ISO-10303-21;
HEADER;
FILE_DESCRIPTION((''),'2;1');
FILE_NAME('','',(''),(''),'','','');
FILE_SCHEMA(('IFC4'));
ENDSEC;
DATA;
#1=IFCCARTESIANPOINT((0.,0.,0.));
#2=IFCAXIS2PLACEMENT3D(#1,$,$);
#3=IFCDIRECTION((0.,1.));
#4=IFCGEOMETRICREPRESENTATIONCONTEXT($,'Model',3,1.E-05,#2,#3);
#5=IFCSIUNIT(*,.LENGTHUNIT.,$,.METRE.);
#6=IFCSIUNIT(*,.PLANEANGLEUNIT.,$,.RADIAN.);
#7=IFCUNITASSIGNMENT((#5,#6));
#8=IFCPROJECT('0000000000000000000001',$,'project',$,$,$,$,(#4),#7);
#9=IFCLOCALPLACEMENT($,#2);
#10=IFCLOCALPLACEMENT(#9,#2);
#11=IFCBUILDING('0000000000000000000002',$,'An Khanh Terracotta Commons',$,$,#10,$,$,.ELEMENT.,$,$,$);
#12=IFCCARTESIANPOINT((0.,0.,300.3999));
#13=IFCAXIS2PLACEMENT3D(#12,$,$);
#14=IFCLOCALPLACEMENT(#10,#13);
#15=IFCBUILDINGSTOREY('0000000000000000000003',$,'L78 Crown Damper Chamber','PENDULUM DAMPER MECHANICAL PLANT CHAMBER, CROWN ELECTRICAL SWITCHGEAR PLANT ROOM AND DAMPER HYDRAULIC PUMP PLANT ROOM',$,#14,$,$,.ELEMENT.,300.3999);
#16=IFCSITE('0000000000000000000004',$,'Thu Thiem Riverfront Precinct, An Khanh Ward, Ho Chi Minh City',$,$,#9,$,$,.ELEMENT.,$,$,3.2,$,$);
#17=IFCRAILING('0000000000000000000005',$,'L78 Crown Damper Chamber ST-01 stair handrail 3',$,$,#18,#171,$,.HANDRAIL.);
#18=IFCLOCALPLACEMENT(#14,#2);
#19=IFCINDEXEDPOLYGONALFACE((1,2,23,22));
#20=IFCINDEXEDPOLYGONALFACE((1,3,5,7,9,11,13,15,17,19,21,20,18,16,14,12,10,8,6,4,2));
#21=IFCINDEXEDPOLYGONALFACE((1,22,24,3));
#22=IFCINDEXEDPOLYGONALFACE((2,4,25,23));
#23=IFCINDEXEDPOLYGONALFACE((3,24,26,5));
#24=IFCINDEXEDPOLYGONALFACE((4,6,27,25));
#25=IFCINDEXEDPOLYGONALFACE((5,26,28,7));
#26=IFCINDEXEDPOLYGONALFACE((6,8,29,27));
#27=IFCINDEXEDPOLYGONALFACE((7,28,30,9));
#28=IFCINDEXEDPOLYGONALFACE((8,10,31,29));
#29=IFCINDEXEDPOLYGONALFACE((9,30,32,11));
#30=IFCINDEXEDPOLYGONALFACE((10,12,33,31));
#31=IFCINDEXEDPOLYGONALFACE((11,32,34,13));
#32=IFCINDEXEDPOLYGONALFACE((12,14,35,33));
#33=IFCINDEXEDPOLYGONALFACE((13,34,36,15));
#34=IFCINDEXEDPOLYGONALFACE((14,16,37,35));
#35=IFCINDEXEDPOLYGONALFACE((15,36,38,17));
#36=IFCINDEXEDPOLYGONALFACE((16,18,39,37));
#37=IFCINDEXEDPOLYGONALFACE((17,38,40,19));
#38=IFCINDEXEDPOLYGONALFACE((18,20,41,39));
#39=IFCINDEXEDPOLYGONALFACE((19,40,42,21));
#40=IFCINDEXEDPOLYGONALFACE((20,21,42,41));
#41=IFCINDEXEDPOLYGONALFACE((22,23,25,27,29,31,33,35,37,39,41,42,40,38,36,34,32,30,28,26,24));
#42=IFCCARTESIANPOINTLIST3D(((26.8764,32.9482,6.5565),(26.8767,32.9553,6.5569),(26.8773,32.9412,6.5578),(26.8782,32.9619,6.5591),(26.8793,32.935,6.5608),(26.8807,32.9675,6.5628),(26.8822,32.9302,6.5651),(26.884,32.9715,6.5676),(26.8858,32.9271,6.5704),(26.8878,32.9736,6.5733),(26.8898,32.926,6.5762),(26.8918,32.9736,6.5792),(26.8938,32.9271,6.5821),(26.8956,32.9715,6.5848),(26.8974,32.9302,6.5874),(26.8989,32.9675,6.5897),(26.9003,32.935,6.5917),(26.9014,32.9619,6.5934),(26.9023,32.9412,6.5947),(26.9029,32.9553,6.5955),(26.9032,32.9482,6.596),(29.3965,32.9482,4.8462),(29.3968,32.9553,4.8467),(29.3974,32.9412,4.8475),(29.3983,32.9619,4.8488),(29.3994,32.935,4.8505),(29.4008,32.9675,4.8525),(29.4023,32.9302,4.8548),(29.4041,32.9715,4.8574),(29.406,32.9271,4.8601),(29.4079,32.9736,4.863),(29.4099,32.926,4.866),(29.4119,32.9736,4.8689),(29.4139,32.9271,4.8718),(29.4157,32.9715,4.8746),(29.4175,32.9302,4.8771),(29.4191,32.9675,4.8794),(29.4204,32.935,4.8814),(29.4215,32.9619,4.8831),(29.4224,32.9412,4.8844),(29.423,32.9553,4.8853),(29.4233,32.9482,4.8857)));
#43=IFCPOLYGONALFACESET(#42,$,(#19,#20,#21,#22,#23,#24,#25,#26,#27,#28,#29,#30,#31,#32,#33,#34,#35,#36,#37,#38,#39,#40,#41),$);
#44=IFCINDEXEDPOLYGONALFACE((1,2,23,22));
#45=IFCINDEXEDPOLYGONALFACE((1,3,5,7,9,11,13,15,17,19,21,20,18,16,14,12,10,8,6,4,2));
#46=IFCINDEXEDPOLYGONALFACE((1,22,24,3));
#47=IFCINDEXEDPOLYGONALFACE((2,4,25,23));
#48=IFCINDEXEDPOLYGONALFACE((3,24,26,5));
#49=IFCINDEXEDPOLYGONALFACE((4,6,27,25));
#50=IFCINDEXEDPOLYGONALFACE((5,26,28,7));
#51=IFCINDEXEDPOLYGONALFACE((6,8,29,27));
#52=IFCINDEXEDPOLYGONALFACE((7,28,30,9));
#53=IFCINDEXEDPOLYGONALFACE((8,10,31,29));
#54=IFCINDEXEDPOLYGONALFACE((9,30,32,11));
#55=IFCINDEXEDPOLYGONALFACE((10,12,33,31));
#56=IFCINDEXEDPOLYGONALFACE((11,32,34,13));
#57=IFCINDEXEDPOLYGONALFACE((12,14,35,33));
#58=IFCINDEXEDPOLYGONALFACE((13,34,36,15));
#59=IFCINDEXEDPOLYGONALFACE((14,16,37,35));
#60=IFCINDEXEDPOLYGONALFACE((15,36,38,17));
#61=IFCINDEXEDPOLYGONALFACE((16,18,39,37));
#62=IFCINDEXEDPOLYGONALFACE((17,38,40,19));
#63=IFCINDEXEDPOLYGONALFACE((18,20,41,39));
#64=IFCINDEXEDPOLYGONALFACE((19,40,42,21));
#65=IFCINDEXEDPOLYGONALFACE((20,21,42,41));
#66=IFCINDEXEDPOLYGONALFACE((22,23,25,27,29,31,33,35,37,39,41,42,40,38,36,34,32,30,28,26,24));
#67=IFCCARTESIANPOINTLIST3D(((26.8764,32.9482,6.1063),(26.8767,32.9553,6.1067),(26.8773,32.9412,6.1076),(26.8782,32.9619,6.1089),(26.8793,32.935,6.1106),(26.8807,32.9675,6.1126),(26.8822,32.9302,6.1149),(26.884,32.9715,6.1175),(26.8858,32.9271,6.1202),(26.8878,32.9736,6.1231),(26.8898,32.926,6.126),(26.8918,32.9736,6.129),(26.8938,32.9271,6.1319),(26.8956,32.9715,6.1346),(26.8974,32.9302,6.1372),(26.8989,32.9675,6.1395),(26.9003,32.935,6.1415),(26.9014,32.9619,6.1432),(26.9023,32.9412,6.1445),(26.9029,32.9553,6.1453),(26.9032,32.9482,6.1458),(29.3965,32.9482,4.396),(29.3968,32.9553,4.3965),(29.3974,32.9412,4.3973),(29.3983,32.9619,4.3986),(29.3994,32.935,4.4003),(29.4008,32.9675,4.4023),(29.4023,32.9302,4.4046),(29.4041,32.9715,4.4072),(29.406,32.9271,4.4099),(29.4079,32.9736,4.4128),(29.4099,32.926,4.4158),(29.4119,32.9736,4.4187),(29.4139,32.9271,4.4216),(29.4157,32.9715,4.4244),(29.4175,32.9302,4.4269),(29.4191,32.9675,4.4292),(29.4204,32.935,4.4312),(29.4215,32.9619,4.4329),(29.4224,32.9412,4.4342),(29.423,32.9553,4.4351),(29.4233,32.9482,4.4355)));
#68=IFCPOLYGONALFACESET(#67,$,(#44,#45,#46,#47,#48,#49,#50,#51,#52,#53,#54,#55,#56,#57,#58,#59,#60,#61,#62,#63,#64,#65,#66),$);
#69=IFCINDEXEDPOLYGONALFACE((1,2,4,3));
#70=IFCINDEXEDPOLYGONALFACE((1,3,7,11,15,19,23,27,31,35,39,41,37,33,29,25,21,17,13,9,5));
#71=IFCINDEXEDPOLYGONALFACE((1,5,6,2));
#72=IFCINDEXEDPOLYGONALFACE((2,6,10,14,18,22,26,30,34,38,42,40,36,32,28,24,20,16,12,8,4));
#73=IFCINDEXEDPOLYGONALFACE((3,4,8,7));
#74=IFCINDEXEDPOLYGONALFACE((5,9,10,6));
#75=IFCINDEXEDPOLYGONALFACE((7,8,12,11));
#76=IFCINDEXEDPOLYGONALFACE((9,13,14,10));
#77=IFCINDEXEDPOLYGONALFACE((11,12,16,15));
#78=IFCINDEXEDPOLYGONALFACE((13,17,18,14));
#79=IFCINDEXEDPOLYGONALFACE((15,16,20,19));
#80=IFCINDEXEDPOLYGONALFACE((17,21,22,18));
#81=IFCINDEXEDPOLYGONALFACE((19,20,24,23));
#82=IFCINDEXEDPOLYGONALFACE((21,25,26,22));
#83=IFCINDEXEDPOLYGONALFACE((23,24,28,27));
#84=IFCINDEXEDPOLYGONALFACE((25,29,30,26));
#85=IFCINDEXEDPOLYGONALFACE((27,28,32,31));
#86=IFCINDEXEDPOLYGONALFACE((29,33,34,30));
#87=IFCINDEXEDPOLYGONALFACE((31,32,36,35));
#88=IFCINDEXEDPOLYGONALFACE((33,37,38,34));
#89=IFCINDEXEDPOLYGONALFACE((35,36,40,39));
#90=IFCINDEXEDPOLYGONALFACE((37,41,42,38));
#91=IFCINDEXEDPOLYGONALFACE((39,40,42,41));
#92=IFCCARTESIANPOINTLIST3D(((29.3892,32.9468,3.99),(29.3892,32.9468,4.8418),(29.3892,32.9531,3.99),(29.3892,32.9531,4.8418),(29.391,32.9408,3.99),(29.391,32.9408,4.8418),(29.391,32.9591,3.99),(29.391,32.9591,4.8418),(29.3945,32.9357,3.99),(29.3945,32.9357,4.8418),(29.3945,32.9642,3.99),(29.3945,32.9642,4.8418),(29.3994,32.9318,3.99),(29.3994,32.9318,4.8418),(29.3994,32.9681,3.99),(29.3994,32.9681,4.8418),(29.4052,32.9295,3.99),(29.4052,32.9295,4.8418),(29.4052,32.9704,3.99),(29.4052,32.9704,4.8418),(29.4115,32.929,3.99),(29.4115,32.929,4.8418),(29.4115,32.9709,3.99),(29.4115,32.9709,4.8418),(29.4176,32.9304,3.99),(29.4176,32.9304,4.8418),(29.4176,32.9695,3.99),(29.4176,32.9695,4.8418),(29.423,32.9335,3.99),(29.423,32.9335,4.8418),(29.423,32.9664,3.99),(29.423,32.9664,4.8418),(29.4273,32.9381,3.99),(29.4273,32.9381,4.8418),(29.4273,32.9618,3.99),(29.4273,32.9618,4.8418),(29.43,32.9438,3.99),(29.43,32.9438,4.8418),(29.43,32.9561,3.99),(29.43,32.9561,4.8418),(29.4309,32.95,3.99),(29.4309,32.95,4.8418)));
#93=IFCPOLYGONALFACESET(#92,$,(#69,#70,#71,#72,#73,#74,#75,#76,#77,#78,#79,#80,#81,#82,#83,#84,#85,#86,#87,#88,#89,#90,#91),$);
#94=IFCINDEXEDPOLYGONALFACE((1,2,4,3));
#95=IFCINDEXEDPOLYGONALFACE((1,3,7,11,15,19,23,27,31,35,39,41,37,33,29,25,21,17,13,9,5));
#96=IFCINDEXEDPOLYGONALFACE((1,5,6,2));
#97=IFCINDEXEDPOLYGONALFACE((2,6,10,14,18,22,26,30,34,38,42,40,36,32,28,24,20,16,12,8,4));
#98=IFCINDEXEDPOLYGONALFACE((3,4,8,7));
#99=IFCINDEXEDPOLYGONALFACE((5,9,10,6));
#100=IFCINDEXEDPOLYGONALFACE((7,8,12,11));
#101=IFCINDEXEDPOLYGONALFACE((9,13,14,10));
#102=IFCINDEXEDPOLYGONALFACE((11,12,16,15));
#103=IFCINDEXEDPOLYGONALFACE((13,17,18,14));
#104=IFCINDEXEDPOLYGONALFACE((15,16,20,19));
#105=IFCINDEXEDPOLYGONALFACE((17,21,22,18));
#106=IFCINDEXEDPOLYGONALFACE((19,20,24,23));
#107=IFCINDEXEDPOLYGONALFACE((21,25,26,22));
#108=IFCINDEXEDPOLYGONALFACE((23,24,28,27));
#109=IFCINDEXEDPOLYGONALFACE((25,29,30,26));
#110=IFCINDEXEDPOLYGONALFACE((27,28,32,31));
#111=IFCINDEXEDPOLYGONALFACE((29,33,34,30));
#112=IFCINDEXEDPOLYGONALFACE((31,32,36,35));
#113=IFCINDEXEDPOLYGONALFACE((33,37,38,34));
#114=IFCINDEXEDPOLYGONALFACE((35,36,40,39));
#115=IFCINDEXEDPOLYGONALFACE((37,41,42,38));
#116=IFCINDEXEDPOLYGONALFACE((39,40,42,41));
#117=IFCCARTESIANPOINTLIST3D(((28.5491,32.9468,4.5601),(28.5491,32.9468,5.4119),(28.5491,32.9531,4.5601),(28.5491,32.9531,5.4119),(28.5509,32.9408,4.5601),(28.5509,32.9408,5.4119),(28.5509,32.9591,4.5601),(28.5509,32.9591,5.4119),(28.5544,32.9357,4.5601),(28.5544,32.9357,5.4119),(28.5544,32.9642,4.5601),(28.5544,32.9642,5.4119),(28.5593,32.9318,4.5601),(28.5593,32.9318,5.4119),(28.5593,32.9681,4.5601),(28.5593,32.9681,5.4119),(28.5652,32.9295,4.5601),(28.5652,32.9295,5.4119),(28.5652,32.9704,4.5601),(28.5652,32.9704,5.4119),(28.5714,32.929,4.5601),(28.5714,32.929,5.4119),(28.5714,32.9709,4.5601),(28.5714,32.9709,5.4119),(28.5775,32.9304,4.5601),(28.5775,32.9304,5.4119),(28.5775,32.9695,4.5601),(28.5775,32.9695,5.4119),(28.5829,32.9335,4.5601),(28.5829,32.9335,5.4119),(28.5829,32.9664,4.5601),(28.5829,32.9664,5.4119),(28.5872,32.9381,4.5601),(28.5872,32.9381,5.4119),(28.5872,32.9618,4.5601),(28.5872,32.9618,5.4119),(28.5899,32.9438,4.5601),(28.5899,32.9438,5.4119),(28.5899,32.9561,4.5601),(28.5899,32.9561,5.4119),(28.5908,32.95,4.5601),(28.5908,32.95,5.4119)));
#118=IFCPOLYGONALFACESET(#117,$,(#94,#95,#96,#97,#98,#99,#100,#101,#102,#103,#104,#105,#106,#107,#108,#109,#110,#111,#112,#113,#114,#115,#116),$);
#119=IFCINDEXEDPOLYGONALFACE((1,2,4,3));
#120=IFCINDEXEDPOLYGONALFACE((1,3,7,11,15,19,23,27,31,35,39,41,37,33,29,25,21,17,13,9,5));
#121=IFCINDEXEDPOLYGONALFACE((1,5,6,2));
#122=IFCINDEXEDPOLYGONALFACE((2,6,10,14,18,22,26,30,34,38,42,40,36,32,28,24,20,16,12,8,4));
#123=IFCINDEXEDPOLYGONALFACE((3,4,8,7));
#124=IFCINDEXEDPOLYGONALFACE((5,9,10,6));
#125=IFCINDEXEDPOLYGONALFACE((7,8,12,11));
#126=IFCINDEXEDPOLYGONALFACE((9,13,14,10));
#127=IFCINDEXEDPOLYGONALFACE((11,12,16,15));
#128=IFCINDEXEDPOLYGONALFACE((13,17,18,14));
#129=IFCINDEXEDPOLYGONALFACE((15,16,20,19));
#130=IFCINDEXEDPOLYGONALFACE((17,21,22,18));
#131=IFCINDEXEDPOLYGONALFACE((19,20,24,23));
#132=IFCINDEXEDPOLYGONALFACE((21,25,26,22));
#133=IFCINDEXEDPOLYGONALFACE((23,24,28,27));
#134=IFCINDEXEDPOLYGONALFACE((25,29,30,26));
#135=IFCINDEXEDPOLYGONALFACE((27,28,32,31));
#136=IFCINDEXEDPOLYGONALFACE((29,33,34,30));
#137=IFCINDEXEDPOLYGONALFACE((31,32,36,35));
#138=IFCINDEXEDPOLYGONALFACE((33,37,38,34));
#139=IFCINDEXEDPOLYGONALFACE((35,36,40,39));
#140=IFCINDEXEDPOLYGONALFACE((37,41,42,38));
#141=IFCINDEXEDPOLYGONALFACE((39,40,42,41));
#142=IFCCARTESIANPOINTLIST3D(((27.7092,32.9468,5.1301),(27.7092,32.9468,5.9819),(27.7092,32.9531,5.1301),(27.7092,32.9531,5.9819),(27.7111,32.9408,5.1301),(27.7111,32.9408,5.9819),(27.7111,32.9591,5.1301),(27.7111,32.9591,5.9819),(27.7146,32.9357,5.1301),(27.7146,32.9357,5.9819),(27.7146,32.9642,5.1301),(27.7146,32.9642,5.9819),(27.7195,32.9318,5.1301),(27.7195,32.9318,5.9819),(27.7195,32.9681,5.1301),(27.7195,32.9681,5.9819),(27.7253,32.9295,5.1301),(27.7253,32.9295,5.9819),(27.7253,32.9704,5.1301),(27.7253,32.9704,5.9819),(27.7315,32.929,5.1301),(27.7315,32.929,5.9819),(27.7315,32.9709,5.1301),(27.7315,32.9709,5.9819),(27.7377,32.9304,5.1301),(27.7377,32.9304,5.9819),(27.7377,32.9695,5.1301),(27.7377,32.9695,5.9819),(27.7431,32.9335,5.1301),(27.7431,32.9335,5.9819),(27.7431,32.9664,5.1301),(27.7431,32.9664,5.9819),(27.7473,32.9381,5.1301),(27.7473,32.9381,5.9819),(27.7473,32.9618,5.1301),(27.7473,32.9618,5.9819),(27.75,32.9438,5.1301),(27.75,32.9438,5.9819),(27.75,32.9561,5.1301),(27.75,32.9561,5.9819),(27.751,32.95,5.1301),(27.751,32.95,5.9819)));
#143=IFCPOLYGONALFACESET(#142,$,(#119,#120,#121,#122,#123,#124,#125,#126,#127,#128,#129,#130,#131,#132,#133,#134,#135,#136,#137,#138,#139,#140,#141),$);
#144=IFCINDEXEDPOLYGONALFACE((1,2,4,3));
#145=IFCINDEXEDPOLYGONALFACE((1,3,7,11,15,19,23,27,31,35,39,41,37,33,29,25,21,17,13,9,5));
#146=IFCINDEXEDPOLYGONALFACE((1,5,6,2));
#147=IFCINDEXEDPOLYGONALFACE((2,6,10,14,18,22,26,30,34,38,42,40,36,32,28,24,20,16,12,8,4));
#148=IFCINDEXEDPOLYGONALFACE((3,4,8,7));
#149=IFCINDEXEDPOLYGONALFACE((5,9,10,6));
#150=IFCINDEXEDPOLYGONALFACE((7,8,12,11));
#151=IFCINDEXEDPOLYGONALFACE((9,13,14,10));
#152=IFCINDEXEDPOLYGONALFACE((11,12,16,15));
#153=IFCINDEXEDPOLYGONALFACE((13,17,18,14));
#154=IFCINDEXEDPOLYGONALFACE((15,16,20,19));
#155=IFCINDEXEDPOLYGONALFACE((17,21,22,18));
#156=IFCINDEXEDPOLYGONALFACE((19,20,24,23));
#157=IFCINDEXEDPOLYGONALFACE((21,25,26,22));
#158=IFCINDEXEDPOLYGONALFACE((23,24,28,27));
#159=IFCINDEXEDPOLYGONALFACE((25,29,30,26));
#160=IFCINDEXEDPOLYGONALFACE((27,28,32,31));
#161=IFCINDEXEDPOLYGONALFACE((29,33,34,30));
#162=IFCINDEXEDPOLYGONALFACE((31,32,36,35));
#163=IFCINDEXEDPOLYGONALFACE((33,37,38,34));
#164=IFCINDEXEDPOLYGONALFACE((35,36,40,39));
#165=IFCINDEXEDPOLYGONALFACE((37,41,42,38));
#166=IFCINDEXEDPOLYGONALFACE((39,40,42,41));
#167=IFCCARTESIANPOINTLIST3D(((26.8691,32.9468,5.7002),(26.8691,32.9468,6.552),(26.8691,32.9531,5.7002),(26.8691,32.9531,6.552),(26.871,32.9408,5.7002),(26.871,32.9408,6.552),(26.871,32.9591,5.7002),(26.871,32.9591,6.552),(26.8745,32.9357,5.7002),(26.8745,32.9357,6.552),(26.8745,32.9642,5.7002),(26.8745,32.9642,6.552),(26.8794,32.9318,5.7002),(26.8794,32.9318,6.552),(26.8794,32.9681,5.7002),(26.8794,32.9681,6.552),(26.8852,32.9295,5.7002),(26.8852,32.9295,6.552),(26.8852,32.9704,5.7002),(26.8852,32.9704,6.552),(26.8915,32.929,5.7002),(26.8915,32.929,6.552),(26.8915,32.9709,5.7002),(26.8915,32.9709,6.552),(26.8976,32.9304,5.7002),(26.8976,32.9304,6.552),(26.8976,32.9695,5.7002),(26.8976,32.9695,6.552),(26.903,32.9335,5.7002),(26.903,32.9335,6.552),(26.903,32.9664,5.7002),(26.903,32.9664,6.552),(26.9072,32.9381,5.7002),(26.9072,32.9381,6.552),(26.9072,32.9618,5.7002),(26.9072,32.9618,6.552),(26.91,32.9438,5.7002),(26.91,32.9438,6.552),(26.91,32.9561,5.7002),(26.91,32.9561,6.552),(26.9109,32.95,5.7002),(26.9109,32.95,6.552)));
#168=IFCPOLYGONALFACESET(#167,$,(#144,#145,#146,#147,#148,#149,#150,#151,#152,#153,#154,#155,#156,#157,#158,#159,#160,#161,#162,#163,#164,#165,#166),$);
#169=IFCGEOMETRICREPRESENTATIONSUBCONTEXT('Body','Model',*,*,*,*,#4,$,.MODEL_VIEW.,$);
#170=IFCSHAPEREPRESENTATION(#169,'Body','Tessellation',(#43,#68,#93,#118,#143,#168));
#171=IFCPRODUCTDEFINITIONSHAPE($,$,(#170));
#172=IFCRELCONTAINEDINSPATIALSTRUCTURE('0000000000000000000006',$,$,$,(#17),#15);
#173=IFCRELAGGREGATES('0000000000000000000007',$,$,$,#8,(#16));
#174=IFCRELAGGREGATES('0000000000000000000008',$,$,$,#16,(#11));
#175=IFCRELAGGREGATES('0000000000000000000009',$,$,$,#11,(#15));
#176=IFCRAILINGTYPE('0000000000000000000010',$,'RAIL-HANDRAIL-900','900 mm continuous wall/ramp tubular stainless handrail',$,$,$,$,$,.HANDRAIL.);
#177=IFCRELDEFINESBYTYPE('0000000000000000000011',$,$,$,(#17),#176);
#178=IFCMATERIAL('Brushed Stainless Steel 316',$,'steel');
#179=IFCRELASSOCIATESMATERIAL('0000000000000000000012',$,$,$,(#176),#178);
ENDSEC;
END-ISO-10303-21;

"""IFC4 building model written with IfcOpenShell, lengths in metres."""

from ifc_helpers import new_model, si_unit, direction, frame, origin, origin_2d, place, context, subcontext, project, spatial, circle, extrude, material, type_object, element, save


model = new_model("IFC4")

# Units and contexts
model_context = context("Model", 3, precision=1e-05, world=origin(), true_north=direction((0.0, 1.0)))
body_context = subcontext(model_context, "Body", "Model", "MODEL_VIEW")
ifc_project = project(units=[si_unit("LENGTHUNIT", "METRE"), si_unit("PLANEANGLEUNIT", "RADIAN")], contexts=[model_context])

# Site, building, storey
site_placement = place(None, origin())
site = spatial("IfcSite", under=ifc_project, at=site_placement, Name="Thu Thiem Riverfront Precinct, An Khanh Ward, Ho Chi Minh City", CompositionType="ELEMENT", RefElevation=3.2)
building_placement = place(site_placement, origin())
building = spatial("IfcBuilding", under=site, at=building_placement, Name="An Khanh Terracotta Commons", CompositionType="ELEMENT")
storey_placement = place(building_placement, frame((0.0, 0.0, 300.3999)))
storey = spatial("IfcBuildingStorey", under=building, at=storey_placement, Name="L78 Crown Damper Chamber", Description="PENDULUM DAMPER MECHANICAL PLANT CHAMBER, CROWN ELECTRICAL SWITCHGEAR PLANT ROOM AND DAMPER HYDRAULIC PUMP PLANT ROOM", CompositionType="ELEMENT", Elevation=300.3999)

# Railing
ifc_material_1 = material(Name="Brushed Stainless Steel 316", Category="steel")
railing_type_1 = type_object("IfcRailingType", Name="RAIL-HANDRAIL-900", Description="900 mm continuous wall/ramp tubular stainless handrail", PredefinedType="HANDRAIL", material=ifc_material_1)
railing_1_placement = place(storey_placement, frame((29.4099, 32.95, 3.99)))
element("IfcRailing", 1, at=railing_1_placement, inside=storey, type_object=railing_type_1, Name="L78 Crown Damper Chamber ST-01 stair handrail 3", PredefinedType="HANDRAIL", context=body_context, shape_type="SweptSolid", body=[
    extrude(circle(Radius=0.0239, at=origin_2d()), frame((0.0, 0.0, 0.876), z_axis=(-0.827447, 0.0, 0.561545), x_axis=(0.0, -1.0, 0.0)), (0.0, 0.0, 1.0), 3.0457),
    extrude(circle(Radius=0.0239, at=origin_2d()), frame((0.0, 0.0, 0.4258), z_axis=(-0.827447, 0.0, 0.561545), x_axis=(0.0, -1.0, 0.0)), (0.0, 0.0, 1.0), 3.0457),
    extrude(circle(Radius=0.021, at=origin_2d()), origin(), (0.0, 0.0, 1.0), 0.8518),
    extrude(circle(Radius=0.021, at=origin_2d()), frame((-0.8401, 0.0, 0.5701)), (0.0, 0.0, 1.0), 0.8518),
    extrude(circle(Radius=0.021, at=origin_2d()), frame((-1.6799, 0.0, 1.1401)), (0.0, 0.0, 1.0), 0.8518),
    extrude(circle(Radius=0.021, at=origin_2d()), frame((-2.52, 0.0, 1.7102)), (0.0, 0.0, 1.0), 0.8518),
])

save(model, "model.ifc")
